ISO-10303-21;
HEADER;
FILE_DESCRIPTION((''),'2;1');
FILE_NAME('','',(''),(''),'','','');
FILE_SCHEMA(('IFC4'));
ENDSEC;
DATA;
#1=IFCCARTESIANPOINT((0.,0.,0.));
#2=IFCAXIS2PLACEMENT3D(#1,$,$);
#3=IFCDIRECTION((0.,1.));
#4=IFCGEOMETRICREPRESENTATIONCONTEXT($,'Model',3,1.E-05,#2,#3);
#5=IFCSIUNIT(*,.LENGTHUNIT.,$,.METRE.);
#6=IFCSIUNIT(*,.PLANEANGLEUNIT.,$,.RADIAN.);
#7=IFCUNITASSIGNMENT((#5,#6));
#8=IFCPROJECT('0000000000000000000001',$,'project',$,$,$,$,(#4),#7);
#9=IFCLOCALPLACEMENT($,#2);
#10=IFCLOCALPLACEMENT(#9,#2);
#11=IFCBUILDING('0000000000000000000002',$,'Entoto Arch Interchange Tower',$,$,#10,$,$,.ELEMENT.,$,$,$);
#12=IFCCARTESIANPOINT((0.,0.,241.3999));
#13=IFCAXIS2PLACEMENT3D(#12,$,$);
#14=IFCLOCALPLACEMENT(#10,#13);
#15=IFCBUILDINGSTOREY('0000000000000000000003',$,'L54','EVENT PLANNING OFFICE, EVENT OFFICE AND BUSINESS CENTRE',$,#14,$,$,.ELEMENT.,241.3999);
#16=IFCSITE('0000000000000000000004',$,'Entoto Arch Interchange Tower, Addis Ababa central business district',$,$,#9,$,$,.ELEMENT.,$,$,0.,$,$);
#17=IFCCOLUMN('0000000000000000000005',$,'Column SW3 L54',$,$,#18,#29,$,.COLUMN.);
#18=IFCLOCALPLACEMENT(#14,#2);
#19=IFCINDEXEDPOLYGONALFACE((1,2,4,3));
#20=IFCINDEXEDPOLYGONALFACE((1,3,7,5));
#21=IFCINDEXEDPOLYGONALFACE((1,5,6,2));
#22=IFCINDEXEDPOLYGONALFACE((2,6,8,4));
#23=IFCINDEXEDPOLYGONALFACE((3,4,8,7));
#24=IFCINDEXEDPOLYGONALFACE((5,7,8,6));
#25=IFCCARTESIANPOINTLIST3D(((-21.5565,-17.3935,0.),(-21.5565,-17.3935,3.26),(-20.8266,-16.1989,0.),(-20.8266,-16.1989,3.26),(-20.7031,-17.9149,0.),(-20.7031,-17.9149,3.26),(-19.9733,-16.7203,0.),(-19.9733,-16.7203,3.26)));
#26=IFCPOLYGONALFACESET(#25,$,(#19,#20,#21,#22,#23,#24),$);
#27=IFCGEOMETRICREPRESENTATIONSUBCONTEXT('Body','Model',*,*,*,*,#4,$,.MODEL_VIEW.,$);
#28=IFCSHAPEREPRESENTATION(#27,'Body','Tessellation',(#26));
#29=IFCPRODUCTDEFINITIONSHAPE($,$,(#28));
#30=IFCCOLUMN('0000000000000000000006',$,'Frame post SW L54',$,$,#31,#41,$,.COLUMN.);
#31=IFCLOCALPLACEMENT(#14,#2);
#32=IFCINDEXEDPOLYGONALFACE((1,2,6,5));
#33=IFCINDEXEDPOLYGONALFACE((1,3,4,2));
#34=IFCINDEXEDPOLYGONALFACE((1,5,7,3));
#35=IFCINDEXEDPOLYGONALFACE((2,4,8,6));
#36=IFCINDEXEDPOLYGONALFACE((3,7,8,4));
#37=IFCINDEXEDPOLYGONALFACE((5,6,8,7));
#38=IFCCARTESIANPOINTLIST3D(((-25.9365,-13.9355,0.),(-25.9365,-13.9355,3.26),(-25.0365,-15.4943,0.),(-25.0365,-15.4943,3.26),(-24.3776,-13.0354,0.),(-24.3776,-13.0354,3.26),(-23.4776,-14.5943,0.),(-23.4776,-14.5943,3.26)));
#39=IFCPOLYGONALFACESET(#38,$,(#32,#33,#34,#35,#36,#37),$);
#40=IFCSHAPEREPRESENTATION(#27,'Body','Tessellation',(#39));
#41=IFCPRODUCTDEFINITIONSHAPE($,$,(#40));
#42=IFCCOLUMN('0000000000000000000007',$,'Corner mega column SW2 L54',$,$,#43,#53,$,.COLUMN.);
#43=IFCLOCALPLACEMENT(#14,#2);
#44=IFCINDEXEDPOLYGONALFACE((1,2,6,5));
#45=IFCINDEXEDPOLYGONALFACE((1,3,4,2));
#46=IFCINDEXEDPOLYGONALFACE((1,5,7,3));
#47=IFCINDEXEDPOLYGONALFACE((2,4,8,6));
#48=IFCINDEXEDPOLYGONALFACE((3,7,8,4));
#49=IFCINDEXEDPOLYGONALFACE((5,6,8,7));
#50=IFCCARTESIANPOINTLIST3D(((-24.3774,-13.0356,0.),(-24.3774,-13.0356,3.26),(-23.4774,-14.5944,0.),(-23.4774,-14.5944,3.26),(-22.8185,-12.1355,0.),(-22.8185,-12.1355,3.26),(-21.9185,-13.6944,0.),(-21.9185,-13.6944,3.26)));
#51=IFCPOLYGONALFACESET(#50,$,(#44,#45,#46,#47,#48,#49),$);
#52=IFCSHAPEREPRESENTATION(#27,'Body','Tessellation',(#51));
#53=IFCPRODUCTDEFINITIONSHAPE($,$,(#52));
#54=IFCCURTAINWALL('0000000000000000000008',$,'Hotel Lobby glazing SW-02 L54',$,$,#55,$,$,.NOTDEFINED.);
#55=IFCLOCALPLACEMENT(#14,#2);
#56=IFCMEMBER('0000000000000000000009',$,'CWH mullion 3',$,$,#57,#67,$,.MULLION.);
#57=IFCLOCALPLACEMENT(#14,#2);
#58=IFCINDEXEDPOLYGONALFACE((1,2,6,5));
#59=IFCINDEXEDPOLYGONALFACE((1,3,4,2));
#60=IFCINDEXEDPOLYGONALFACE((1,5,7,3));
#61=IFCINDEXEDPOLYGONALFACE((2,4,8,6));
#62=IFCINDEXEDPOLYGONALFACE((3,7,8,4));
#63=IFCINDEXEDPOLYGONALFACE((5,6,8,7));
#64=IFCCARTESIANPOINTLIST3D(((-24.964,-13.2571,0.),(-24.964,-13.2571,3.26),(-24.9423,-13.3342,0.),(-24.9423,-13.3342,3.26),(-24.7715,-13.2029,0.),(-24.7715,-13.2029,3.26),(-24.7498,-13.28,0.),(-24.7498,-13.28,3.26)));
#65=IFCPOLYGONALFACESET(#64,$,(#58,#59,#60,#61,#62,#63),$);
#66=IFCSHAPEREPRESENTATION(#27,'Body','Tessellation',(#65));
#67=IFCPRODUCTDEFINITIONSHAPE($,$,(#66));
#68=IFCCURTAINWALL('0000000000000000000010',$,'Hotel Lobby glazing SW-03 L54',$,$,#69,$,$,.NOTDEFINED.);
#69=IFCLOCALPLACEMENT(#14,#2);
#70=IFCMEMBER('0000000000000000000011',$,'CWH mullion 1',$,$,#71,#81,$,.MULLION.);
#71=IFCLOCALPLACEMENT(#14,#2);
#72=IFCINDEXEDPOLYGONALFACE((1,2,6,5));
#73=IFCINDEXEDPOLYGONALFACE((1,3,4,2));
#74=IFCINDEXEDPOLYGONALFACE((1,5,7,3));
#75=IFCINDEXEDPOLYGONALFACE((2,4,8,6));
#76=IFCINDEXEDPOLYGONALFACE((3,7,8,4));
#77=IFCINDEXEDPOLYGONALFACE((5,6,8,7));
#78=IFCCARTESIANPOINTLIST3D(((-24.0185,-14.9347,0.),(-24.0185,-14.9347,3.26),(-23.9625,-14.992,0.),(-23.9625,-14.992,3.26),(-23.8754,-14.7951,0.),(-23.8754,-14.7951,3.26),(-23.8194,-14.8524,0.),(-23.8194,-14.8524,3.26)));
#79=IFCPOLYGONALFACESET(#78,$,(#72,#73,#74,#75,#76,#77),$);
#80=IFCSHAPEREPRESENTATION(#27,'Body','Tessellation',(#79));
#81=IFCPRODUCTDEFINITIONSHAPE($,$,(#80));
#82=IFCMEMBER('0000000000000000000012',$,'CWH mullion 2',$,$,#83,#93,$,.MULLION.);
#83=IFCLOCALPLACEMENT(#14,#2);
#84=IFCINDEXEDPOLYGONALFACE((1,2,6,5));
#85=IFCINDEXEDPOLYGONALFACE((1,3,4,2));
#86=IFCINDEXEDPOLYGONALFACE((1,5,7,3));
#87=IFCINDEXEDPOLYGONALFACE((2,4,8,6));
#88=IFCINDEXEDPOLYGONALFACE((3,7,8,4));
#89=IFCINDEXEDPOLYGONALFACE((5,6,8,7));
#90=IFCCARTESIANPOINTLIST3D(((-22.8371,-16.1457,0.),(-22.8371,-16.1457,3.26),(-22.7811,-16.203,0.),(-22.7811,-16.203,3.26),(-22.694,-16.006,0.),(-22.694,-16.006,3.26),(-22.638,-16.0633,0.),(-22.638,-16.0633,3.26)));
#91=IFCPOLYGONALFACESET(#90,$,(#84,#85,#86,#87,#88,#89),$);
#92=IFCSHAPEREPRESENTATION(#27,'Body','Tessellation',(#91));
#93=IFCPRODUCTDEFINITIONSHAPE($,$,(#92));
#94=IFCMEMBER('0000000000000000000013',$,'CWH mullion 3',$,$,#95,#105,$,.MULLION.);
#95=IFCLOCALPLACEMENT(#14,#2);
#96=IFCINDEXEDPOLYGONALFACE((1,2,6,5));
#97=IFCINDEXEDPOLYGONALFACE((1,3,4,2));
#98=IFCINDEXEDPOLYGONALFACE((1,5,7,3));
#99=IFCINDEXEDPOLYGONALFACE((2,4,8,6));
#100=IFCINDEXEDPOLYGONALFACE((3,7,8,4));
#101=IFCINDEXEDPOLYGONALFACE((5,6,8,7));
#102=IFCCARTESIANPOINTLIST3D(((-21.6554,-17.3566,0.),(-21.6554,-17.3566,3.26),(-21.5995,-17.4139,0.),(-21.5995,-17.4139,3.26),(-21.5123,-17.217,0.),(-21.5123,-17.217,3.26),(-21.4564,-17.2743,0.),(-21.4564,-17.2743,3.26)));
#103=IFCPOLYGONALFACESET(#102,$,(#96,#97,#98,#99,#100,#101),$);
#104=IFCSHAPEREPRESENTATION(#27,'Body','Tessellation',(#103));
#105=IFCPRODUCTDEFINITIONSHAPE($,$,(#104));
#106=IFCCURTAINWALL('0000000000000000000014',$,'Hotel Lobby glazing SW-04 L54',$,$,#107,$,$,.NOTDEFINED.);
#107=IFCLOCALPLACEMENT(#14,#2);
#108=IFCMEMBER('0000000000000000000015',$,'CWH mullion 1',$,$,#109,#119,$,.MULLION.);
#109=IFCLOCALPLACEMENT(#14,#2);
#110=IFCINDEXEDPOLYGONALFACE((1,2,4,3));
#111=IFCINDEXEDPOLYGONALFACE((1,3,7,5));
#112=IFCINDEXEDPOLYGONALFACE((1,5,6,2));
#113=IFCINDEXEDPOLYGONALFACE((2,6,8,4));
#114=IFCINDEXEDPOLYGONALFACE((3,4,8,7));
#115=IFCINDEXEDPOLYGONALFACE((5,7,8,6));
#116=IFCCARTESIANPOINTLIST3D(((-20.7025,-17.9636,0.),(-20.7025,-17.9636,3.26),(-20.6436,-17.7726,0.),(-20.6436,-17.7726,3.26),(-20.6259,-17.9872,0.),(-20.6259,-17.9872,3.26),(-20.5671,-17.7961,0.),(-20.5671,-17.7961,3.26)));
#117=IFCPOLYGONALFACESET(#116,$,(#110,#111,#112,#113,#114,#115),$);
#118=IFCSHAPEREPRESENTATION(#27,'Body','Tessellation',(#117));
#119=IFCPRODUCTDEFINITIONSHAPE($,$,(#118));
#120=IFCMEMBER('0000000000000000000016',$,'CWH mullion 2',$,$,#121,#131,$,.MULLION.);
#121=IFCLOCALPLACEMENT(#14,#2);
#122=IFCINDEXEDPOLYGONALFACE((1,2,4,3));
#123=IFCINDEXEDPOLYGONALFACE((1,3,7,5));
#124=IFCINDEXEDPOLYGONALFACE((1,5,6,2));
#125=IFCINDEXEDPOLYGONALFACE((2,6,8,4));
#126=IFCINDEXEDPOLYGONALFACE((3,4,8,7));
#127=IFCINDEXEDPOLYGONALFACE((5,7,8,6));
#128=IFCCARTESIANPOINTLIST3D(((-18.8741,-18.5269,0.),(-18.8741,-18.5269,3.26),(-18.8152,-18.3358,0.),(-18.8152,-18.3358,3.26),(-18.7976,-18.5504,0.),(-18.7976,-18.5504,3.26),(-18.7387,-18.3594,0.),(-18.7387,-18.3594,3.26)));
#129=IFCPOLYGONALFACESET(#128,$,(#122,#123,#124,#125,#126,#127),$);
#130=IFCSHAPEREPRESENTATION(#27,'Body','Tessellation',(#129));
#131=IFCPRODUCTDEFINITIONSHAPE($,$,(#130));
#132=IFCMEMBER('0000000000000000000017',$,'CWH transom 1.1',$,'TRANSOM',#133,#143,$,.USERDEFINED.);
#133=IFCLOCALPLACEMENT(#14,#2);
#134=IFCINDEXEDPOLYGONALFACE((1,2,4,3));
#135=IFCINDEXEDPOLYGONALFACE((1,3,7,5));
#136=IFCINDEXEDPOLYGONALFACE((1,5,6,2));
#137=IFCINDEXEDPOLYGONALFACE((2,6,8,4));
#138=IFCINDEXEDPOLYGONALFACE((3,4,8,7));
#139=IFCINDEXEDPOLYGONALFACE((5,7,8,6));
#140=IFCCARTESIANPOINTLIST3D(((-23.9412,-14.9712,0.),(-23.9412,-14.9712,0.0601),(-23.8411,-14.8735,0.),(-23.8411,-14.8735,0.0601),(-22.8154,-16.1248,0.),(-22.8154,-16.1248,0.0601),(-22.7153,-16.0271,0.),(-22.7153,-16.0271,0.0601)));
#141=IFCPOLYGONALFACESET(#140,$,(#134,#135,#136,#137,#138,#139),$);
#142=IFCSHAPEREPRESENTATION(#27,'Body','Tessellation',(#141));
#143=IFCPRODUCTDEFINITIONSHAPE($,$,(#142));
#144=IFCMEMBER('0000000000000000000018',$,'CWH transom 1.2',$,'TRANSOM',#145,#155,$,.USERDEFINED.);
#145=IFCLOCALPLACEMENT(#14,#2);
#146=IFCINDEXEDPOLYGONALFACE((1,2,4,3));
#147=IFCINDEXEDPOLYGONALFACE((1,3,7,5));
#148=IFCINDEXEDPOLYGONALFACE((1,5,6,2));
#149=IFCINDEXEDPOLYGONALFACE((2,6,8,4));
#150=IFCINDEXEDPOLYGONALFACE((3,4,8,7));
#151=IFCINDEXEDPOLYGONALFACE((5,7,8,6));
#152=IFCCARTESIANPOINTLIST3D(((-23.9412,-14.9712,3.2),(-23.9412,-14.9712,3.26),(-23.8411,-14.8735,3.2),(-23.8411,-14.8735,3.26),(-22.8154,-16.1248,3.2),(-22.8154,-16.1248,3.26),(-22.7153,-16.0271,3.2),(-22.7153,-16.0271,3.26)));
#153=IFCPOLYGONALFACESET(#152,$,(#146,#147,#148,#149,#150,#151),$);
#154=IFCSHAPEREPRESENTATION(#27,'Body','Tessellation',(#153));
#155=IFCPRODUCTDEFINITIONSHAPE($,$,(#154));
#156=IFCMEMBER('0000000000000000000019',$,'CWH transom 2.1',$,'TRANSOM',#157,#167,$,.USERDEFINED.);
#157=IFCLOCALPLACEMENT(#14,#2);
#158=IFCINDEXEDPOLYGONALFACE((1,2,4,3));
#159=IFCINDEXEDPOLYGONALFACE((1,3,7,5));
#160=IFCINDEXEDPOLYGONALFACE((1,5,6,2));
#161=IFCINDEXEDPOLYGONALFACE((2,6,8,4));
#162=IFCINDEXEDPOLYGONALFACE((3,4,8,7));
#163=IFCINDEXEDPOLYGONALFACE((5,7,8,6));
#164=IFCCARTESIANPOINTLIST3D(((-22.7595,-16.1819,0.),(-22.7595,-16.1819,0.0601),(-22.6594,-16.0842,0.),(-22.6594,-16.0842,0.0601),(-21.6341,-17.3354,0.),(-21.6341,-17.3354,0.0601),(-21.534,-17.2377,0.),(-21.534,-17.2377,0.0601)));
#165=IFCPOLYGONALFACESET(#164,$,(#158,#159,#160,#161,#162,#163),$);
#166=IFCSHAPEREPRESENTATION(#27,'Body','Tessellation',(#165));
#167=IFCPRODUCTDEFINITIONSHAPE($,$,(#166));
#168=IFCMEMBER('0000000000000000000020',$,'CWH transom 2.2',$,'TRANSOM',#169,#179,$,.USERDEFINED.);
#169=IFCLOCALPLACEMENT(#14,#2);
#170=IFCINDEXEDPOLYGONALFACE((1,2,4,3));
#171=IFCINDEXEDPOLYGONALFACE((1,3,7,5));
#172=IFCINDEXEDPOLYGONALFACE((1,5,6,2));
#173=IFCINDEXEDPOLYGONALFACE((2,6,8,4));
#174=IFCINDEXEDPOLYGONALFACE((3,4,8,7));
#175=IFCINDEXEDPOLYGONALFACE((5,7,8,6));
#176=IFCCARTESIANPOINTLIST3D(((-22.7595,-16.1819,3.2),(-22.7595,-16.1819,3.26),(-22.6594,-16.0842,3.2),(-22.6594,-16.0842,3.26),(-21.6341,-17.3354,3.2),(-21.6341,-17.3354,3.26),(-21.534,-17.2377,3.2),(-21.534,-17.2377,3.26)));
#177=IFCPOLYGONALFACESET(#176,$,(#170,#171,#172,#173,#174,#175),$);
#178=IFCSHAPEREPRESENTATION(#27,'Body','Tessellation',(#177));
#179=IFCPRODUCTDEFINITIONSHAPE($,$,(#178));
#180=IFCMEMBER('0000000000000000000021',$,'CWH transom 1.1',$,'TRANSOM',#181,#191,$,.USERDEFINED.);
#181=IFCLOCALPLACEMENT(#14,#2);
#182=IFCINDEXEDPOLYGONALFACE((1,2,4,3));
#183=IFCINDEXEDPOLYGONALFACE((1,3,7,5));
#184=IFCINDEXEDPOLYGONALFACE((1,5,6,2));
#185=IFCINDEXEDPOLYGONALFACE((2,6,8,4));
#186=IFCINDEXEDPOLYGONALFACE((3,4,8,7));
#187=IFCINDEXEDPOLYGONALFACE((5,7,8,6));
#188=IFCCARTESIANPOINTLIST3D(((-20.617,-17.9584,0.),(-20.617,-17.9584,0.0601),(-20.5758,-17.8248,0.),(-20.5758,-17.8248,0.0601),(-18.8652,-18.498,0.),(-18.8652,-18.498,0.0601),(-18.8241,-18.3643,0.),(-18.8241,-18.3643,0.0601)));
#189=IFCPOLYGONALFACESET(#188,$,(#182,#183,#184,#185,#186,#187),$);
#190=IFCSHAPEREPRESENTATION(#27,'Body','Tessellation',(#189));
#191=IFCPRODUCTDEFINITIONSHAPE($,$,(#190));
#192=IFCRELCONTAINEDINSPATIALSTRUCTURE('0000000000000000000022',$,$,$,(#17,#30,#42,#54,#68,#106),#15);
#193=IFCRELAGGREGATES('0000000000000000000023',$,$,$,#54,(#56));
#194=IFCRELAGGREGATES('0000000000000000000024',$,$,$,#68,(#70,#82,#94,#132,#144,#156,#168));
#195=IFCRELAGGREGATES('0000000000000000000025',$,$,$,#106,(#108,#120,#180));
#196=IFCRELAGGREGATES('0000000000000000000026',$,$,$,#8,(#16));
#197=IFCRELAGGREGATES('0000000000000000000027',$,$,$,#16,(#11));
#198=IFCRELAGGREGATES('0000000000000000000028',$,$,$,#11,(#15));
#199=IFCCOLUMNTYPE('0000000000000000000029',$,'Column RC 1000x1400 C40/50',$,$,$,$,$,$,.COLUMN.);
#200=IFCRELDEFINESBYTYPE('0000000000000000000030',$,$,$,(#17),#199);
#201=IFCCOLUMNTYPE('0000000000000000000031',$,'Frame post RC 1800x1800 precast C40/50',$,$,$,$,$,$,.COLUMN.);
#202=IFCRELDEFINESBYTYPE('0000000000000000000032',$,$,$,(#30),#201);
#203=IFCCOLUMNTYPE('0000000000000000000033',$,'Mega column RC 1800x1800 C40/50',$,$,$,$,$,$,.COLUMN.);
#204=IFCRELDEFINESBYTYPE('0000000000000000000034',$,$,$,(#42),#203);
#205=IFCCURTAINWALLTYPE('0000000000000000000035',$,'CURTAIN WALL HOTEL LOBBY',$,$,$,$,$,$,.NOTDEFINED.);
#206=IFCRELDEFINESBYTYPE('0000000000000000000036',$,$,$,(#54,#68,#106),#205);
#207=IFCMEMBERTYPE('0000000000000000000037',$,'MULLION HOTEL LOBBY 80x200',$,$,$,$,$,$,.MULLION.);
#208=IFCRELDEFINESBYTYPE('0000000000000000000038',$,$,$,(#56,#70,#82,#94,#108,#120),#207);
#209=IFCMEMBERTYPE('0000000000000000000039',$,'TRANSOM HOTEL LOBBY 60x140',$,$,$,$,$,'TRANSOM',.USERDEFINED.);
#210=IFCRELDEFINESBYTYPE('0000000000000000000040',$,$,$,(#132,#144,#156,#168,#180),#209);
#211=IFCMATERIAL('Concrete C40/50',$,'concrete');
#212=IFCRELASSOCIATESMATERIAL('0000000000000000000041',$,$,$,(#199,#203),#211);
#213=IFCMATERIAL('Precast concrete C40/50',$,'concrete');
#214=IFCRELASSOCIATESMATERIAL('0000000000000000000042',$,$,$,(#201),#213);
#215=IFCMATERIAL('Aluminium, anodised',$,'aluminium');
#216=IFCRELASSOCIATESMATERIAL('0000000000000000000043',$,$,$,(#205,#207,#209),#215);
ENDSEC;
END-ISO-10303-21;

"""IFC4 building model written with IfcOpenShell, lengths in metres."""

from ifc_helpers import new_model, si_unit, direction, frame, origin, origin_2d, place, context, subcontext, project, spatial, rectangle, extrude, material, material_profile, profile_set, type_object, element, aggregate, save


model = new_model("IFC4")

# Units and contexts
model_context = context("Model", 3, precision=1e-05, world=origin(), true_north=direction((0.0, 1.0)))
body_context = subcontext(model_context, "Body", "Model", "MODEL_VIEW")
ifc_project = project(units=[si_unit("LENGTHUNIT", "METRE"), si_unit("PLANEANGLEUNIT", "RADIAN")], contexts=[model_context])

# Site, building, storey
site_placement = place(None, origin())
site = spatial("IfcSite", under=ifc_project, at=site_placement, Name="Entoto Arch Interchange Tower, Addis Ababa central business district", CompositionType="ELEMENT", RefElevation=0.0)
building_placement = place(site_placement, origin())
building = spatial("IfcBuilding", under=site, at=building_placement, Name="Entoto Arch Interchange Tower", CompositionType="ELEMENT")
storey_placement = place(building_placement, frame((0.0, 0.0, 241.3999)))
storey = spatial("IfcBuildingStorey", under=building, at=storey_placement, Name="L54", Description="EVENT PLANNING OFFICE, EVENT OFFICE AND BUSINESS CENTRE", CompositionType="ELEMENT", Elevation=241.3999)

# Columns
ifc_material_1 = material(Name="Concrete C40/50", Category="concrete")
ifc_material_profile_1 = material_profile(ifc_material_1, rectangle(XDim=1.0, YDim=1.3999, at=origin_2d()))
ifc_profile_set_1 = profile_set([ifc_material_profile_1], Name="Concrete C40/50")
column_type_1 = type_object("IfcColumnType", Name="Column RC 1000x1400 C40/50", PredefinedType="COLUMN", material=ifc_profile_set_1)
column_1_placement = place(storey_placement, frame((-20.7649, -17.0569, 0.0), z_axis=(0.0, 0.0, 1.0), x_axis=(-0.853342, 0.521352, 0.0)))
element("IfcColumn", 1, at=column_1_placement, inside=storey, type_object=column_type_1, Name="Column SW3 L54", PredefinedType="COLUMN", context=body_context, shape_type="SweptSolid", body=[
    extrude(rectangle(XDim=1.0, YDim=1.3999, at=origin_2d()), origin(), (0.0, 0.0, 1.0), 3.26),
])
ifc_material_2 = material(Name="Precast concrete C40/50", Category="concrete")
ifc_material_profile_2 = material_profile(ifc_material_2, rectangle(XDim=1.8, YDim=1.8, at=origin_2d()))
ifc_profile_set_2 = profile_set([ifc_material_profile_2], Name="Precast concrete C40/50")
column_type_2 = type_object("IfcColumnType", Name="Frame post RC 1800x1800 precast C40/50", PredefinedType="COLUMN", material=ifc_profile_set_2)
column_2_placement = place(storey_placement, frame((-24.707, -14.2649, 0.0), z_axis=(0.0, 0.0, 1.0), x_axis=(0.866025, 0.5, 0.0)))
element("IfcColumn", 2, at=column_2_placement, inside=storey, type_object=column_type_2, Name="Frame post SW L54", PredefinedType="COLUMN", context=body_context, shape_type="SweptSolid", body=[
    extrude(rectangle(XDim=1.8, YDim=1.8, at=origin_2d()), origin(), (0.0, 0.0, 1.0), 3.26),
])
ifc_material_profile_3 = material_profile(ifc_material_1, rectangle(XDim=1.8, YDim=1.8, at=origin_2d()))
ifc_profile_set_3 = profile_set([ifc_material_profile_3], Name="Concrete C40/50")
column_type_3 = type_object("IfcColumnType", Name="Mega column RC 1800x1800 C40/50", PredefinedType="COLUMN", material=ifc_profile_set_3)
column_3_placement = place(storey_placement, frame((-23.1479, -13.365, 0.0), z_axis=(0.0, 0.0, 1.0), x_axis=(0.866025, 0.5, 0.0)))
element("IfcColumn", 3, at=column_3_placement, inside=storey, type_object=column_type_3, Name="Corner mega column SW2 L54", PredefinedType="COLUMN", context=body_context, shape_type="SweptSolid", body=[
    extrude(rectangle(XDim=1.8, YDim=1.8, at=origin_2d()), origin(), (0.0, 0.0, 1.0), 3.26),
])

# Curtain wall, member
ifc_material_3 = material(Name="Aluminium, anodised", Category="aluminium")
curtain_wall_type = type_object("IfcCurtainWallType", Name="CURTAIN WALL HOTEL LOBBY", PredefinedType="NOTDEFINED", material=ifc_material_3)
curtain_wall_1_placement = place(storey_placement, origin())
curtain_wall_1 = element("IfcCurtainWall", 4, at=curtain_wall_1_placement, inside=storey, type_object=curtain_wall_type, Name="Hotel Lobby glazing SW-02 L54", PredefinedType="NOTDEFINED")
ifc_material_profile_4 = material_profile(ifc_material_3, rectangle(XDim=0.2, YDim=0.0801, at=origin_2d()))
ifc_profile_set_4 = profile_set([ifc_material_profile_4], Name="Aluminium, anodised")
member_type_1 = type_object("IfcMemberType", Name="MULLION HOTEL LOBBY 80x200", PredefinedType="MULLION", material=ifc_profile_set_4)
member_1_placement = place(storey_placement, frame((-24.8569, -13.2686, 0.0), z_axis=(0.0, 0.0, 1.0), x_axis=(0.962595, 0.270946, 0.0)))
member_1 = element("IfcMember", 5, at=member_1_placement, type_object=member_type_1, Name="CWH mullion 3", PredefinedType="MULLION", context=body_context, shape_type="SweptSolid", body=[
    extrude(rectangle(XDim=0.2, YDim=0.0801, at=origin_2d()), origin(), (0.0, 0.0, 1.0), 3.26),
])
aggregate(curtain_wall_1, [member_1])

# Curtain walls, members
curtain_wall_2_placement = place(storey_placement, origin())
curtain_wall_2 = element("IfcCurtainWall", 6, at=curtain_wall_2_placement, inside=storey, type_object=curtain_wall_type, Name="Hotel Lobby glazing SW-03 L54", PredefinedType="NOTDEFINED")
member_2_placement = place(storey_placement, frame((-23.9189, -14.8936, 0.0), z_axis=(0.0, 0.0, 1.0), x_axis=(0.715715, 0.698392, 0.0)))
member_2 = element("IfcMember", 7, at=member_2_placement, type_object=member_type_1, Name="CWH mullion 1", PredefinedType="MULLION", context=body_context, shape_type="SweptSolid", body=[
    extrude(rectangle(XDim=0.2, YDim=0.0801, at=origin_2d()), origin(), (0.0, 0.0, 1.0), 3.26),
])
member_3_placement = place(storey_placement, frame((-22.7375, -16.1045, 0.0), z_axis=(0.0, 0.0, 1.0), x_axis=(0.715715, 0.698392, 0.0)))
member_3 = element("IfcMember", 8, at=member_3_placement, type_object=member_type_1, Name="CWH mullion 2", PredefinedType="MULLION", context=body_context, shape_type="SweptSolid", body=[
    extrude(rectangle(XDim=0.2, YDim=0.0801, at=origin_2d()), origin(), (0.0, 0.0, 1.0), 3.26),
])
member_4_placement = place(storey_placement, frame((-21.5559, -17.3154, 0.0), z_axis=(0.0, 0.0, 1.0), x_axis=(0.715715, 0.698392, 0.0)))
member_4 = element("IfcMember", 9, at=member_4_placement, type_object=member_type_1, Name="CWH mullion 3", PredefinedType="MULLION", context=body_context, shape_type="SweptSolid", body=[
    extrude(rectangle(XDim=0.2, YDim=0.0801, at=origin_2d()), origin(), (0.0, 0.0, 1.0), 3.26),
])
curtain_wall_3_placement = place(storey_placement, origin())
curtain_wall_3 = element("IfcCurtainWall", 10, at=curtain_wall_3_placement, inside=storey, type_object=curtain_wall_type, Name="Hotel Lobby glazing SW-04 L54", PredefinedType="NOTDEFINED")
member_5_placement = place(storey_placement, frame((-20.6348, -17.8799, 0.0), z_axis=(0.0, 0.0, 1.0), x_axis=(0.29441, 0.955679, 0.0)))
member_5 = element("IfcMember", 11, at=member_5_placement, type_object=member_type_1, Name="CWH mullion 1", PredefinedType="MULLION", context=body_context, shape_type="SweptSolid", body=[
    extrude(rectangle(XDim=0.2, YDim=0.0801, at=origin_2d()), origin(), (0.0, 0.0, 1.0), 3.26),
])
member_6_placement = place(storey_placement, frame((-18.8064, -18.4431, 0.0), z_axis=(0.0, 0.0, 1.0), x_axis=(0.29441, 0.955679, 0.0)))
member_6 = element("IfcMember", 12, at=member_6_placement, type_object=member_type_1, Name="CWH mullion 2", PredefinedType="MULLION", context=body_context, shape_type="SweptSolid", body=[
    extrude(rectangle(XDim=0.2, YDim=0.0801, at=origin_2d()), origin(), (0.0, 0.0, 1.0), 3.26),
])

# Members
ifc_material_profile_5 = material_profile(ifc_material_3, rectangle(XDim=0.1399, YDim=0.0601, at=origin_2d()))
ifc_profile_set_5 = profile_set([ifc_material_profile_5], Name="Aluminium, anodised")
member_type_2 = type_object("IfcMemberType", Name="TRANSOM HOTEL LOBBY 60x140", ElementType="TRANSOM", PredefinedType="USERDEFINED", material=ifc_profile_set_5)
member_7_placement = place(storey_placement, frame((-23.8911, -14.9224, 0.03), z_axis=(0.69842, -0.715688, 0.0), x_axis=(0.715688, 0.69842, 0.0)))
member_7 = element("IfcMember", 13, at=member_7_placement, type_object=member_type_2, Name="CWH transom 1.1", ObjectType="TRANSOM", PredefinedType="USERDEFINED", context=body_context, shape_type="SweptSolid", body=[
    extrude(rectangle(XDim=0.1399, YDim=0.0601, at=origin_2d()), origin(), (0.0, 0.0, 1.0), 1.6118),
])
member_8_placement = place(storey_placement, frame((-23.8911, -14.9224, 3.23), z_axis=(0.69842, -0.715688, 0.0), x_axis=(0.715688, 0.69842, 0.0)))
member_8 = element("IfcMember", 14, at=member_8_placement, type_object=member_type_2, Name="CWH transom 1.2", ObjectType="TRANSOM", PredefinedType="USERDEFINED", context=body_context, shape_type="SweptSolid", body=[
    extrude(rectangle(XDim=0.1399, YDim=0.0601, at=origin_2d()), origin(), (0.0, 0.0, 1.0), 1.6118),
])
member_9_placement = place(storey_placement, frame((-22.7095, -16.1331, 0.03), z_axis=(0.698343, -0.715763, 0.0), x_axis=(0.715763, 0.698343, 0.0)))
member_9 = element("IfcMember", 15, at=member_9_placement, type_object=member_type_2, Name="CWH transom 2.1", ObjectType="TRANSOM", PredefinedType="USERDEFINED", context=body_context, shape_type="SweptSolid", body=[
    extrude(rectangle(XDim=0.1399, YDim=0.0601, at=origin_2d()), origin(), (0.0, 0.0, 1.0), 1.6116),
])
member_10_placement = place(storey_placement, frame((-22.7095, -16.1331, 3.23), z_axis=(0.698343, -0.715763, 0.0), x_axis=(0.715763, 0.698343, 0.0)))
member_10 = element("IfcMember", 16, at=member_10_placement, type_object=member_type_2, Name="CWH transom 2.2", ObjectType="TRANSOM", PredefinedType="USERDEFINED", context=body_context, shape_type="SweptSolid", body=[
    extrude(rectangle(XDim=0.1399, YDim=0.0601, at=origin_2d()), origin(), (0.0, 0.0, 1.0), 1.6116),
])
member_11_placement = place(storey_placement, frame((-20.5964, -17.8916, 0.03), z_axis=(0.955693, -0.294367, 0.0), x_axis=(0.294367, 0.955693, 0.0)))
member_11 = element("IfcMember", 17, at=member_11_placement, type_object=member_type_2, Name="CWH transom 1.1", ObjectType="TRANSOM", PredefinedType="USERDEFINED", context=body_context, shape_type="SweptSolid", body=[
    extrude(rectangle(XDim=0.1399, YDim=0.0601, at=origin_2d()), origin(), (0.0, 0.0, 1.0), 1.833),
])

aggregate(curtain_wall_2, [member_2, member_3, member_4, member_7, member_8, member_9, member_10])
aggregate(curtain_wall_3, [member_5, member_6, member_11])

save(model, "model.ifc")
